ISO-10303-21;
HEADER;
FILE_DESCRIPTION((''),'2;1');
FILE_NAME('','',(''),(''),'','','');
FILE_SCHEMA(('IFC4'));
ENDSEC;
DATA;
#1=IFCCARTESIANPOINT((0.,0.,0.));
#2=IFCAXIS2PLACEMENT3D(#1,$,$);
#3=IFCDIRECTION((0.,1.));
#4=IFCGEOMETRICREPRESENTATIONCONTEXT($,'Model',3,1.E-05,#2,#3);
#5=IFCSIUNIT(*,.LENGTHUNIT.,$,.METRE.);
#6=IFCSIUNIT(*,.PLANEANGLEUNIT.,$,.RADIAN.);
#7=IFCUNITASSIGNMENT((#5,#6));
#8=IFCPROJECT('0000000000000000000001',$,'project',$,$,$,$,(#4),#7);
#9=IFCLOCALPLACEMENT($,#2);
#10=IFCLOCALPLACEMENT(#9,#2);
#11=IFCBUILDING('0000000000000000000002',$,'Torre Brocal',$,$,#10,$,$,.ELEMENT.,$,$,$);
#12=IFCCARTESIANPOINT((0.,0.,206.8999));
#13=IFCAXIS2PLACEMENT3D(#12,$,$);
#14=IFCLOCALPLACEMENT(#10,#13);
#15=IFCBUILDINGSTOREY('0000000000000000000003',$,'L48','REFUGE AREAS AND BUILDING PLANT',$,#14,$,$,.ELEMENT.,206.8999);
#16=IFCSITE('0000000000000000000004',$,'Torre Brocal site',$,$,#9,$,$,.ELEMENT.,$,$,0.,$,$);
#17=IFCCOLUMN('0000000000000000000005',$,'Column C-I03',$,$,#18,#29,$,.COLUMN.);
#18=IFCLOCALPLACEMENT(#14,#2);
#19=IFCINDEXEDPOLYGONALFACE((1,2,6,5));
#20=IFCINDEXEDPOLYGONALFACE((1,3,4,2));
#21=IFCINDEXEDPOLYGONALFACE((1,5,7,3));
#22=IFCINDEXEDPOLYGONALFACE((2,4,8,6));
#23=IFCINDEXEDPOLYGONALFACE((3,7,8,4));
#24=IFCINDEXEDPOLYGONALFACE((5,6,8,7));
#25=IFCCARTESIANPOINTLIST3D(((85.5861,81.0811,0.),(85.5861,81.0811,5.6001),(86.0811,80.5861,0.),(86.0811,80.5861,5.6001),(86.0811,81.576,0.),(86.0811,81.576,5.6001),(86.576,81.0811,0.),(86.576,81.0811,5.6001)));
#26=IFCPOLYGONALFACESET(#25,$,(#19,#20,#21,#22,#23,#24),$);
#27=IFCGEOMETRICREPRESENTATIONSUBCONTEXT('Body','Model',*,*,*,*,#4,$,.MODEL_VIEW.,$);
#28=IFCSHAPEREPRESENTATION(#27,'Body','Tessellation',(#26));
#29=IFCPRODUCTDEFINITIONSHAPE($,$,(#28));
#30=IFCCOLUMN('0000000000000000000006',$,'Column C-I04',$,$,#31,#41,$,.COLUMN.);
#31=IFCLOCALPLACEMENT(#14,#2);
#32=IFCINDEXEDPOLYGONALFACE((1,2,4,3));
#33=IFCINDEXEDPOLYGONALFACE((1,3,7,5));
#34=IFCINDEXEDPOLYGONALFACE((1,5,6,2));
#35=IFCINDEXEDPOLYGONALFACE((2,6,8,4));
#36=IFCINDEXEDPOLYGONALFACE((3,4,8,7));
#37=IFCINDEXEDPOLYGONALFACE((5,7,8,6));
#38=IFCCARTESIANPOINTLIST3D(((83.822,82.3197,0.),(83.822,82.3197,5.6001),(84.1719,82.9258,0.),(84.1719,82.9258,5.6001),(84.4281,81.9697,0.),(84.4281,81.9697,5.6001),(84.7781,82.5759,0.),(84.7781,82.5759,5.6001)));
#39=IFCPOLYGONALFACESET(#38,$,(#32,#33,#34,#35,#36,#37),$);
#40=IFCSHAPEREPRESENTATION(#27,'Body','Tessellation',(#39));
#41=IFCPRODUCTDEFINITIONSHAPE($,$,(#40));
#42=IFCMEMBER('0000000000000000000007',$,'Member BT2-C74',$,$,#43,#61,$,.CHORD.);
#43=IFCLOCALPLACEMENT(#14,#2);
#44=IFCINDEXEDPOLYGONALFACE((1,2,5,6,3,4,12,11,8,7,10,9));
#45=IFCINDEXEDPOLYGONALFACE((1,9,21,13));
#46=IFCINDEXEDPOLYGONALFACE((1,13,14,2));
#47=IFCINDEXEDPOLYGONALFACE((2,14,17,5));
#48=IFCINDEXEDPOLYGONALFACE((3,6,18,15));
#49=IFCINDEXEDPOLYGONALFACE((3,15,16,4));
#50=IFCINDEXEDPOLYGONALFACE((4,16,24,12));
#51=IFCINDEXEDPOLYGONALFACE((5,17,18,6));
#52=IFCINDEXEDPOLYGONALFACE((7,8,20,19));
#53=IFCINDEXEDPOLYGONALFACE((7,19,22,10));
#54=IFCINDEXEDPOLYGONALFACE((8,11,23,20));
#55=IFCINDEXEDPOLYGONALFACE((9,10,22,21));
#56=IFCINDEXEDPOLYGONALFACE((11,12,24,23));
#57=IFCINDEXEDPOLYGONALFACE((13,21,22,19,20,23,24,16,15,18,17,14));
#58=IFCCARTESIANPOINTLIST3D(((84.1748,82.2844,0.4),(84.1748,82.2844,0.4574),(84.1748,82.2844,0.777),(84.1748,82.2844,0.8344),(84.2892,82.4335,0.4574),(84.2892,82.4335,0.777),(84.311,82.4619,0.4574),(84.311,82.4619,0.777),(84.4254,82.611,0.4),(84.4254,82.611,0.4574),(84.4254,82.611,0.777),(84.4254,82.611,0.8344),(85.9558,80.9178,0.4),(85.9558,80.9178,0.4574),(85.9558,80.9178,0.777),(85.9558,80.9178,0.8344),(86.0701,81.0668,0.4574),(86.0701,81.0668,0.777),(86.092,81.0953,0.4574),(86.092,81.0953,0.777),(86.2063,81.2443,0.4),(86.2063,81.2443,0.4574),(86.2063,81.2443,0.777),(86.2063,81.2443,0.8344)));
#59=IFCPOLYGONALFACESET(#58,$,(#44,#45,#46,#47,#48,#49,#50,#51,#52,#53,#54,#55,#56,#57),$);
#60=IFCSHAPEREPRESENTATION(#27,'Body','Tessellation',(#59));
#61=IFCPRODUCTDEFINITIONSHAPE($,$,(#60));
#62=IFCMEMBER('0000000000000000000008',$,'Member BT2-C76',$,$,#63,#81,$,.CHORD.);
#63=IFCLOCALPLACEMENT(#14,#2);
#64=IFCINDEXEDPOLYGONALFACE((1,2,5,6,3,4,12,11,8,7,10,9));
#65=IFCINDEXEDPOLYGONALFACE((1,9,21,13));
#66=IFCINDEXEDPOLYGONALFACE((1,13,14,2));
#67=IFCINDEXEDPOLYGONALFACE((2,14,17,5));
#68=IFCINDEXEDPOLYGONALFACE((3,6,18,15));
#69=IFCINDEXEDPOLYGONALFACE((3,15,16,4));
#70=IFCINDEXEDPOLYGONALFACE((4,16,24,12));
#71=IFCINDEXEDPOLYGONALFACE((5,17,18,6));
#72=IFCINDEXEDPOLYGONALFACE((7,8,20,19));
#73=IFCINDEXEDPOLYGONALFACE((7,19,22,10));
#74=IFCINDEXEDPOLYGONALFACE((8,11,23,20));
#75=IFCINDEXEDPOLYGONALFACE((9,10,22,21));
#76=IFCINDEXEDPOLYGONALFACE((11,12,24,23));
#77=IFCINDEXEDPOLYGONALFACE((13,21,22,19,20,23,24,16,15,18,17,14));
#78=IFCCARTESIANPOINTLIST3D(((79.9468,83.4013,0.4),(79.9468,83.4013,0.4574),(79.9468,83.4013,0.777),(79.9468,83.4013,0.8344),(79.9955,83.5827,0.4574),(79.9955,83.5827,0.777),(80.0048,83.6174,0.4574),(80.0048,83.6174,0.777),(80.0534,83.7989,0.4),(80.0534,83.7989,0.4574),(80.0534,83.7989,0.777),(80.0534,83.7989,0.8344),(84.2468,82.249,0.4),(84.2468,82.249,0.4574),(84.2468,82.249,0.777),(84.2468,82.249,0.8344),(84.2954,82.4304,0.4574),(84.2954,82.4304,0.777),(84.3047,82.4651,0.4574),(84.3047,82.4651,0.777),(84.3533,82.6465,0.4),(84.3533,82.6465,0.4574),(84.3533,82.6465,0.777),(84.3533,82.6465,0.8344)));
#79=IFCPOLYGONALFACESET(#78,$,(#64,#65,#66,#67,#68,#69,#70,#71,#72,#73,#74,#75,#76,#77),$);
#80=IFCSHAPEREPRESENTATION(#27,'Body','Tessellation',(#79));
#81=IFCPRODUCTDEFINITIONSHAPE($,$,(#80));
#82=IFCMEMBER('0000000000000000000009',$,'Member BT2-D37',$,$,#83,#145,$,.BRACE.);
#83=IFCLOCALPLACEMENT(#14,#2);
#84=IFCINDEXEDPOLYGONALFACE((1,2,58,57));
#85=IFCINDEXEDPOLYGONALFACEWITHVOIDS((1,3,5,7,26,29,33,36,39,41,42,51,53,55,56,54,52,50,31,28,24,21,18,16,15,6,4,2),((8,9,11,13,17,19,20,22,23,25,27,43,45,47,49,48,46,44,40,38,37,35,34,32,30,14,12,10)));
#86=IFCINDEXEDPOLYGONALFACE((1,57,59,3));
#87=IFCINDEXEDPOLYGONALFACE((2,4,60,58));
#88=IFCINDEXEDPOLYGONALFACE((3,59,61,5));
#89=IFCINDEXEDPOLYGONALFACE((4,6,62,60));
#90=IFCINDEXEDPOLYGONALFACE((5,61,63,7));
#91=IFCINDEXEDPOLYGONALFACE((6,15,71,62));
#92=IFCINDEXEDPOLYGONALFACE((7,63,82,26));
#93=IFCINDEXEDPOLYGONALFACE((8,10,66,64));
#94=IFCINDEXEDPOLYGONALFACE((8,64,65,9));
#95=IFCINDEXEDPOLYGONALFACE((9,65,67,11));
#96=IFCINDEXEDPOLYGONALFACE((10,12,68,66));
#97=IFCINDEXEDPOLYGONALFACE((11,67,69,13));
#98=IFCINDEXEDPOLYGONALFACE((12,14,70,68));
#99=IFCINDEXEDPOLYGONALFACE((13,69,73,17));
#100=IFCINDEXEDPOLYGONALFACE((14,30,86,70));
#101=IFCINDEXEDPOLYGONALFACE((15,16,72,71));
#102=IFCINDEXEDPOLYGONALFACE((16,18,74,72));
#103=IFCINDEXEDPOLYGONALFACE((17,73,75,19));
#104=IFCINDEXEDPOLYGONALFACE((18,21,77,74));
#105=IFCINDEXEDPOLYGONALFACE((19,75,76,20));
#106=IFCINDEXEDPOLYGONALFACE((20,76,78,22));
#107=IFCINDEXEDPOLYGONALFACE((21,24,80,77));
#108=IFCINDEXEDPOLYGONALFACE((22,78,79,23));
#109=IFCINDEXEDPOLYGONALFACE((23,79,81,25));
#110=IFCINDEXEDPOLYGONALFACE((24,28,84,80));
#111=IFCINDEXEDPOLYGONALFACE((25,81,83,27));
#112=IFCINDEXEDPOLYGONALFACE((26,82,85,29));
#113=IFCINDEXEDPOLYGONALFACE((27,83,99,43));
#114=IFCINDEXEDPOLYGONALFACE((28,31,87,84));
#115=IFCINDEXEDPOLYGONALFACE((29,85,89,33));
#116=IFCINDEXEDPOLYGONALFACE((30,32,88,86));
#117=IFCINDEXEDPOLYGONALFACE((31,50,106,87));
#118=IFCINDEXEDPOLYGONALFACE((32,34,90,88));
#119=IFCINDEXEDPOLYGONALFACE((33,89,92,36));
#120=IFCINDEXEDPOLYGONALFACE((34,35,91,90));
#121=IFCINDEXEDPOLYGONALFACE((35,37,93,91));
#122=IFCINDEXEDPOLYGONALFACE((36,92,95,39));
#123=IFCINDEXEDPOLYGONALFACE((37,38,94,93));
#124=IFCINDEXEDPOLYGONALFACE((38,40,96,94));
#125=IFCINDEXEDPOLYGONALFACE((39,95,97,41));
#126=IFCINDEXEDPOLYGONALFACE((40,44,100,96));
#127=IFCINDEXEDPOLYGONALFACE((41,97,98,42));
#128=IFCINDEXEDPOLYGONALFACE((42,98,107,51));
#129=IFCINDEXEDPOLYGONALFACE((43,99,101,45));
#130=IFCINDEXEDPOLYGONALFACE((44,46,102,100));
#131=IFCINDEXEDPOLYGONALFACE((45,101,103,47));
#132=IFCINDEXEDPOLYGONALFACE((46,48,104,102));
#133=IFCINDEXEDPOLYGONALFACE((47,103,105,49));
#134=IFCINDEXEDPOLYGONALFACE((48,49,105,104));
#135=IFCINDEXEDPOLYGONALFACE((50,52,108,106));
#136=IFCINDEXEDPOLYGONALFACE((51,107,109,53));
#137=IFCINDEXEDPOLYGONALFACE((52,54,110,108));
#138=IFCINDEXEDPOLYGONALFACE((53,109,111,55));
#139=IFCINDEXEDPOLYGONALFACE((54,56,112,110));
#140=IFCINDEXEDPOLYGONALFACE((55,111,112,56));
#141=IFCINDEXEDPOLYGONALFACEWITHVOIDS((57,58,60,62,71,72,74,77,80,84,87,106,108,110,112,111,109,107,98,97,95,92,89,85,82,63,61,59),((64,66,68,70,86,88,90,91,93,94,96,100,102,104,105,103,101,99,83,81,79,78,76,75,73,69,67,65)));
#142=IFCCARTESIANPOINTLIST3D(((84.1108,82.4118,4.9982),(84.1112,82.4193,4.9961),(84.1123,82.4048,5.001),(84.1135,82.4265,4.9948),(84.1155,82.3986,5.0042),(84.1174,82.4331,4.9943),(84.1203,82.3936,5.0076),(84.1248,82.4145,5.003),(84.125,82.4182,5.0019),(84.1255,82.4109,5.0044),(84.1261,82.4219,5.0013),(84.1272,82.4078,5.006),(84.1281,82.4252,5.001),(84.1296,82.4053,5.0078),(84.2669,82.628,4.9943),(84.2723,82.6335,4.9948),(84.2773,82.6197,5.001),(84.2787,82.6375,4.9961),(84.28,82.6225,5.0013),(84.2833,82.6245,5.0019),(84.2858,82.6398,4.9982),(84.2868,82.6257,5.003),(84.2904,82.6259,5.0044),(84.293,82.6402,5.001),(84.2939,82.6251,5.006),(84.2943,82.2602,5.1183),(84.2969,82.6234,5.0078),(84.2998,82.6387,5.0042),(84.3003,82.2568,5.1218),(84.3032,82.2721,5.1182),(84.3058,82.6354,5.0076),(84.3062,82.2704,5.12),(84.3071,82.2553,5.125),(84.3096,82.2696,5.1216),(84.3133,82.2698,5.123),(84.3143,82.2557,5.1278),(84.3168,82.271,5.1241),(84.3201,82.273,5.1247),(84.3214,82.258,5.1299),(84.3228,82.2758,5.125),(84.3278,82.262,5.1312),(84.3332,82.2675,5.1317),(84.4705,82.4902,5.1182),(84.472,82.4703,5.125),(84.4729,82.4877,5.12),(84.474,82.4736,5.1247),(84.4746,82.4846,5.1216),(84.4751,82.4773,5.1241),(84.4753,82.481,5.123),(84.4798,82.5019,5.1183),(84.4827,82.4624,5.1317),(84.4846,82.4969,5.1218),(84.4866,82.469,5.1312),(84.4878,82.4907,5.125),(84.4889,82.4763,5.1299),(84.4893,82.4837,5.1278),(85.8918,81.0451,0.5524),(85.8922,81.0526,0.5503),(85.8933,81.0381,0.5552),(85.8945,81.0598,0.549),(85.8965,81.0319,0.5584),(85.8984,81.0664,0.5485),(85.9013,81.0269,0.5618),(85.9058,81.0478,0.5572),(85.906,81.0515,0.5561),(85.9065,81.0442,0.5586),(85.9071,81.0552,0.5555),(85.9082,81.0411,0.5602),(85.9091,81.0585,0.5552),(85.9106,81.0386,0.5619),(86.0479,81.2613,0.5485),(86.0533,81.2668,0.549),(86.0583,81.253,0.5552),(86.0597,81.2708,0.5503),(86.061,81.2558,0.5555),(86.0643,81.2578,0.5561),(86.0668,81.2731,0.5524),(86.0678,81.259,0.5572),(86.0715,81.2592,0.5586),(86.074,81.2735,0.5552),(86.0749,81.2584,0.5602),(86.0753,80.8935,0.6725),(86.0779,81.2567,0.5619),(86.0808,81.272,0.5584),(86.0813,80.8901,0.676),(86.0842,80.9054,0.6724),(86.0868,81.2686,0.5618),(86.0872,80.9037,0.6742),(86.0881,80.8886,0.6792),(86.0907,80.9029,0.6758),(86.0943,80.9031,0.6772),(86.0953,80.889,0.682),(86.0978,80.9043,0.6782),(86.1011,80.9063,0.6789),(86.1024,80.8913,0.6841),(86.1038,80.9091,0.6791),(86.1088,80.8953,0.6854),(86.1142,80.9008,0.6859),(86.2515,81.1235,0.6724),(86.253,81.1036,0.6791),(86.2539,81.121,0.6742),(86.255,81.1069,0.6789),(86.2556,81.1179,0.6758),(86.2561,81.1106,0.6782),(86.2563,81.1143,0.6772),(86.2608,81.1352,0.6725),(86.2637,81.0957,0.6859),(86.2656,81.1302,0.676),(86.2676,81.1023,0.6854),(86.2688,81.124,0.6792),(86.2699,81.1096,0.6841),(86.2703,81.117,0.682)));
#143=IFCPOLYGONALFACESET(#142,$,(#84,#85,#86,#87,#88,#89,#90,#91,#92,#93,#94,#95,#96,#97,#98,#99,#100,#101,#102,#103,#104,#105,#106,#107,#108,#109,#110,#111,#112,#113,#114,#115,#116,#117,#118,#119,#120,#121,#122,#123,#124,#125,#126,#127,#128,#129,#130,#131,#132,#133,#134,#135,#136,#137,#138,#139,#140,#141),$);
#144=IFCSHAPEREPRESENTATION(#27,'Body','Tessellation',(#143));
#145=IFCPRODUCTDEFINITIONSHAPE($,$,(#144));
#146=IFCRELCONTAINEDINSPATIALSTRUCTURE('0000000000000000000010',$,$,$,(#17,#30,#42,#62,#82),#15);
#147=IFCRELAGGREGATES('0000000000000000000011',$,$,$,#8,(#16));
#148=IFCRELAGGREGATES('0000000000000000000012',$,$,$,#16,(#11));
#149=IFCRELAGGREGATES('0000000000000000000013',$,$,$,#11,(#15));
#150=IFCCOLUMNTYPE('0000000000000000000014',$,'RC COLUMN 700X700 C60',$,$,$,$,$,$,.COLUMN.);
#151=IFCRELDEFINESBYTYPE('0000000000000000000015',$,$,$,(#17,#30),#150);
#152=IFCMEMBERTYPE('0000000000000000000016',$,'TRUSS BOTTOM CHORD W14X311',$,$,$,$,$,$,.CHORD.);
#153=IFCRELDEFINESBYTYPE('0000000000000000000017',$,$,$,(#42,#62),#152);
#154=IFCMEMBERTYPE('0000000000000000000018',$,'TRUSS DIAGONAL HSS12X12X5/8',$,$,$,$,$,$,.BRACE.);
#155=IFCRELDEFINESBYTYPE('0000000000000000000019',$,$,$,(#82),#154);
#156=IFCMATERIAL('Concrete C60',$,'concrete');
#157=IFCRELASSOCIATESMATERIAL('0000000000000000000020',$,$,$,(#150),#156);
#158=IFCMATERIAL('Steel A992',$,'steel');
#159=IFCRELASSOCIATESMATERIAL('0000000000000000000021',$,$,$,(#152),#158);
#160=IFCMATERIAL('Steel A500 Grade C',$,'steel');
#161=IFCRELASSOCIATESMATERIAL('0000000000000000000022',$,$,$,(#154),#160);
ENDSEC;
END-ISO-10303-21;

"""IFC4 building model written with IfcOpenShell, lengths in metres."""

from ifc_helpers import new_model, si_unit, direction, frame, origin, origin_2d, place, context, subcontext, project, spatial, rectangle, hollow_rectangle, i_section, extrude, material, material_profile, profile_set, type_object, element, save


model = new_model("IFC4")

# Units and contexts
model_context = context("Model", 3, precision=1e-05, world=origin(), true_north=direction((0.0, 1.0)))
body_context = subcontext(model_context, "Body", "Model", "MODEL_VIEW")
ifc_project = project(units=[si_unit("LENGTHUNIT", "METRE"), si_unit("PLANEANGLEUNIT", "RADIAN")], contexts=[model_context])

# Site, building, storey
site_placement = place(None, origin())
site = spatial("IfcSite", under=ifc_project, at=site_placement, Name="Torre Brocal site", CompositionType="ELEMENT", RefElevation=0.0)
building_placement = place(site_placement, origin())
building = spatial("IfcBuilding", under=site, at=building_placement, Name="Torre Brocal", CompositionType="ELEMENT")
storey_placement = place(building_placement, frame((0.0, 0.0, 206.8999)))
storey = spatial("IfcBuildingStorey", under=building, at=storey_placement, Name="L48", Description="REFUGE AREAS AND BUILDING PLANT", CompositionType="ELEMENT", Elevation=206.8999)

# Columns
ifc_material_1 = material(Name="Concrete C60", Category="concrete")
ifc_material_profile_1 = material_profile(ifc_material_1, rectangle(XDim=0.7, YDim=0.7, at=origin_2d()), Name="RC 700X700")
ifc_profile_set_1 = profile_set([ifc_material_profile_1], Name="Concrete C60")
column_type = type_object("IfcColumnType", Name="RC COLUMN 700X700 C60", PredefinedType="COLUMN", material=ifc_profile_set_1)
for number, where, z_axis, x_axis, name in (
    (1, (86.0811, 81.0811, 0.0), (0.0, 0.0, 1.0), (0.707107, 0.707107, 0.0), "Column C-I03"),
    (2, (84.3, 82.4478, 0.0), (0.0, 0.0, 1.0), (0.5, 0.866025, 0.0), "Column C-I04"),
):
    element("IfcColumn", number, at=place(storey_placement, frame(where, z_axis=z_axis, x_axis=x_axis)), inside=storey, type_object=column_type, Name=name, PredefinedType="COLUMN", context=body_context, shape_type="SweptSolid", body=[
        extrude(rectangle(XDim=0.7, YDim=0.7, at=origin_2d()), origin(), (0.0, 0.0, 1.0), 5.6001),
    ])

# Members
ifc_material_2 = material(Name="Steel A992", Category="steel")
ifc_material_profile_2 = material_profile(ifc_material_2, i_section(OverallWidth=0.4116, OverallDepth=0.4343, WebThickness=0.0359, FlangeThickness=0.0574, at=origin_2d()), Name="W14X311")
ifc_profile_set_2 = profile_set([ifc_material_profile_2], Name="Steel A992")
member_type_1 = type_object("IfcMemberType", Name="TRUSS BOTTOM CHORD W14X311", PredefinedType="CHORD", material=ifc_profile_set_2)
member_1_placement = place(storey_placement, frame((86.0811, 81.0811, 0.6172), z_axis=(-0.793335, 0.608785, 0.0), x_axis=(-0.608785, -0.793335, 0.0)))
element("IfcMember", 3, at=member_1_placement, inside=storey, type_object=member_type_1, Name="Member BT2-C74", PredefinedType="CHORD", context=body_context, shape_type="SweptSolid", body=[
    extrude(i_section(OverallWidth=0.4116, OverallDepth=0.4343, WebThickness=0.0359, FlangeThickness=0.0574, at=origin_2d()), origin(), (0.0, 0.0, 1.0), 2.2449),
])
member_2_placement = place(storey_placement, frame((84.3, 82.4478, 0.6172), z_axis=(-0.965917, 0.25885, 0.0), x_axis=(-0.25885, -0.965917, 0.0)))
element("IfcMember", 4, at=member_2_placement, inside=storey, type_object=member_type_1, Name="Member BT2-C76", PredefinedType="CHORD", context=body_context, shape_type="SweptSolid", body=[
    extrude(i_section(OverallWidth=0.4116, OverallDepth=0.4343, WebThickness=0.0359, FlangeThickness=0.0574, at=origin_2d()), origin(), (0.0, 0.0, 1.0), 4.4517),
])
ifc_material_3 = material(Name="Steel A500 Grade C", Category="steel")
ifc_material_profile_3 = material_profile(ifc_material_3, hollow_rectangle(XDim=0.3047, YDim=0.3047, WallThickness=0.0149, InnerFilletRadius=0.0149, OuterFilletRadius=0.0295, at=origin_2d()), Name="HSS12X12X5/8")
ifc_profile_set_3 = profile_set([ifc_material_profile_3], Name="Steel A500 Grade C")
member_type_2 = type_object("IfcMemberType", Name="TRUSS DIAGONAL HSS12X12X5/8", PredefinedType="BRACE", material=ifc_profile_set_3)
member_3_placement = place(storey_placement, frame((86.0811, 81.0811, 0.6172), z_axis=(-0.357599, 0.274412, 0.892648), x_axis=(-0.608785, -0.793335, 0.0)))
element("IfcMember", 5, at=member_3_placement, inside=storey, type_object=member_type_2, Name="Member BT2-D37", PredefinedType="BRACE", context=body_context, shape_type="SweptSolid", body=[
    extrude(hollow_rectangle(XDim=0.3047, YDim=0.3047, WallThickness=0.0149, InnerFilletRadius=0.0149, OuterFilletRadius=0.0295, at=origin_2d()), origin(), (0.0, 0.0, 1.0), 4.9805),
])

save(model, "model.ifc")
